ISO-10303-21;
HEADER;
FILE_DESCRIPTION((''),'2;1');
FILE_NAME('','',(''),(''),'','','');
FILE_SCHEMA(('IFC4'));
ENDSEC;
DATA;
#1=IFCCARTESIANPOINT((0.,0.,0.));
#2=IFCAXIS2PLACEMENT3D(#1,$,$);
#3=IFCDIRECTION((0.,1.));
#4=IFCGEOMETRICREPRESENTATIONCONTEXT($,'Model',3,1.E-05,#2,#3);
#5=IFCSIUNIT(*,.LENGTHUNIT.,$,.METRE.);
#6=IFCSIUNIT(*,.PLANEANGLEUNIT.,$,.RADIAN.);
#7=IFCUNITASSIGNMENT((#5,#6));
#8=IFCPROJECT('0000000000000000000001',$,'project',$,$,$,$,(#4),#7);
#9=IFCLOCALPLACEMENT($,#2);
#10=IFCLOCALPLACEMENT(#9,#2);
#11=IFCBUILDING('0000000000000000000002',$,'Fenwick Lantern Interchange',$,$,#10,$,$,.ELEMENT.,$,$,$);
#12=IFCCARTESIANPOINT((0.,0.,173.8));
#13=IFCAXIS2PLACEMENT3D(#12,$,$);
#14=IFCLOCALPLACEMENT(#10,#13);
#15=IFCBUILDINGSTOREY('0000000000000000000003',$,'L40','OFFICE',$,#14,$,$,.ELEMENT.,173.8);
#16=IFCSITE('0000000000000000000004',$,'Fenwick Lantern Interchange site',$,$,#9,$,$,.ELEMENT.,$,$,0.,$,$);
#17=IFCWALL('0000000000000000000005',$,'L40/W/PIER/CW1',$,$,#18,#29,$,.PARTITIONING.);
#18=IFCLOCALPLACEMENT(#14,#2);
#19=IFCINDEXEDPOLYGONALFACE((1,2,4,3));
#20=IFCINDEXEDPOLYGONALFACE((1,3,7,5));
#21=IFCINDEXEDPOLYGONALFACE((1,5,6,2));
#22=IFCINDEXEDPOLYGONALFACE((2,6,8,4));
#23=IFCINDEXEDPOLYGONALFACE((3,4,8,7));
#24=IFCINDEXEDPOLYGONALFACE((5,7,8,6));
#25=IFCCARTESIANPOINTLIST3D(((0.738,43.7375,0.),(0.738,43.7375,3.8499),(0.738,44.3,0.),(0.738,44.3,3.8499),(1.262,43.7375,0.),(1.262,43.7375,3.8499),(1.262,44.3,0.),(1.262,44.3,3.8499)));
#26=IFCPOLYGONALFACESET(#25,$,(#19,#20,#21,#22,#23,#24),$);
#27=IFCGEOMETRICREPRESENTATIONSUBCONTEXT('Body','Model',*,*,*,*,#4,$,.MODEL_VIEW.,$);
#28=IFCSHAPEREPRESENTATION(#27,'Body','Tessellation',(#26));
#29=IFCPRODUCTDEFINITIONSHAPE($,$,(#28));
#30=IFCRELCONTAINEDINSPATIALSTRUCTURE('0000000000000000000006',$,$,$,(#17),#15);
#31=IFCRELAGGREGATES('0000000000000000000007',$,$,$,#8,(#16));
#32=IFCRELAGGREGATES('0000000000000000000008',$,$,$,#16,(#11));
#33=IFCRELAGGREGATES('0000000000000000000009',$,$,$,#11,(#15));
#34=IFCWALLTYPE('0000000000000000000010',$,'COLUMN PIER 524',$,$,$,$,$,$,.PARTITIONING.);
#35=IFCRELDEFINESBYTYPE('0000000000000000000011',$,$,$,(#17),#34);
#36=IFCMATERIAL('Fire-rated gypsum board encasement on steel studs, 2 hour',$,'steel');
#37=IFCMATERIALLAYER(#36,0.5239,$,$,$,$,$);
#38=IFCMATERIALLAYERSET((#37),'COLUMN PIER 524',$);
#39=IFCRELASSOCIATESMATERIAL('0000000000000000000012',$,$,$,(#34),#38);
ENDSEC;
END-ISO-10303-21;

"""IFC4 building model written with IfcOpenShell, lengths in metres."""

from ifc_helpers import new_model, si_unit, direction, frame, frame_2d, origin, place, context, subcontext, project, spatial, rectangle, extrude, material, layer, layer_set, type_object, element, save


model = new_model("IFC4")

# Units and contexts
model_context = context("Model", 3, precision=1e-05, world=origin(), true_north=direction((0.0, 1.0)))
body_context = subcontext(model_context, "Body", "Model", "MODEL_VIEW")
ifc_project = project(units=[si_unit("LENGTHUNIT", "METRE"), si_unit("PLANEANGLEUNIT", "RADIAN")], contexts=[model_context])

# Site, building, storey
site_placement = place(None, origin())
site = spatial("IfcSite", under=ifc_project, at=site_placement, Name="Fenwick Lantern Interchange site", CompositionType="ELEMENT", RefElevation=0.0)
building_placement = place(site_placement, origin())
building = spatial("IfcBuilding", under=site, at=building_placement, Name="Fenwick Lantern Interchange", CompositionType="ELEMENT")
storey_placement = place(building_placement, frame((0.0, 0.0, 173.8)))
storey = spatial("IfcBuildingStorey", under=building, at=storey_placement, Name="L40", Description="OFFICE", CompositionType="ELEMENT", Elevation=173.8)

# Wall
ifc_material_1 = material(Name="Fire-rated gypsum board encasement on steel studs, 2 hour", Category="steel")
ifc_layer_1 = layer(ifc_material_1, 0.5239)
ifc_layer_set_1 = layer_set([ifc_layer_1], Name="COLUMN PIER 524")
wall_type = type_object("IfcWallType", Name="COLUMN PIER 524", PredefinedType="PARTITIONING", material=ifc_layer_set_1)
wall_placement = place(storey_placement, frame((1.0, 44.3, 0.0), z_axis=(0.0, 0.0, 1.0), x_axis=(0.0, -1.0, 0.0)))
element("IfcWall", 1, at=wall_placement, inside=storey, type_object=wall_type, Name="L40/W/PIER/CW1", PredefinedType="PARTITIONING", context=body_context, shape_type="SweptSolid", body=[
    extrude(rectangle(XDim=0.5625, YDim=0.5239, at=frame_2d((0.2812, 0.0))), origin(), (0.0, 0.0, 1.0), 3.8499),
])

save(model, "model.ifc")
